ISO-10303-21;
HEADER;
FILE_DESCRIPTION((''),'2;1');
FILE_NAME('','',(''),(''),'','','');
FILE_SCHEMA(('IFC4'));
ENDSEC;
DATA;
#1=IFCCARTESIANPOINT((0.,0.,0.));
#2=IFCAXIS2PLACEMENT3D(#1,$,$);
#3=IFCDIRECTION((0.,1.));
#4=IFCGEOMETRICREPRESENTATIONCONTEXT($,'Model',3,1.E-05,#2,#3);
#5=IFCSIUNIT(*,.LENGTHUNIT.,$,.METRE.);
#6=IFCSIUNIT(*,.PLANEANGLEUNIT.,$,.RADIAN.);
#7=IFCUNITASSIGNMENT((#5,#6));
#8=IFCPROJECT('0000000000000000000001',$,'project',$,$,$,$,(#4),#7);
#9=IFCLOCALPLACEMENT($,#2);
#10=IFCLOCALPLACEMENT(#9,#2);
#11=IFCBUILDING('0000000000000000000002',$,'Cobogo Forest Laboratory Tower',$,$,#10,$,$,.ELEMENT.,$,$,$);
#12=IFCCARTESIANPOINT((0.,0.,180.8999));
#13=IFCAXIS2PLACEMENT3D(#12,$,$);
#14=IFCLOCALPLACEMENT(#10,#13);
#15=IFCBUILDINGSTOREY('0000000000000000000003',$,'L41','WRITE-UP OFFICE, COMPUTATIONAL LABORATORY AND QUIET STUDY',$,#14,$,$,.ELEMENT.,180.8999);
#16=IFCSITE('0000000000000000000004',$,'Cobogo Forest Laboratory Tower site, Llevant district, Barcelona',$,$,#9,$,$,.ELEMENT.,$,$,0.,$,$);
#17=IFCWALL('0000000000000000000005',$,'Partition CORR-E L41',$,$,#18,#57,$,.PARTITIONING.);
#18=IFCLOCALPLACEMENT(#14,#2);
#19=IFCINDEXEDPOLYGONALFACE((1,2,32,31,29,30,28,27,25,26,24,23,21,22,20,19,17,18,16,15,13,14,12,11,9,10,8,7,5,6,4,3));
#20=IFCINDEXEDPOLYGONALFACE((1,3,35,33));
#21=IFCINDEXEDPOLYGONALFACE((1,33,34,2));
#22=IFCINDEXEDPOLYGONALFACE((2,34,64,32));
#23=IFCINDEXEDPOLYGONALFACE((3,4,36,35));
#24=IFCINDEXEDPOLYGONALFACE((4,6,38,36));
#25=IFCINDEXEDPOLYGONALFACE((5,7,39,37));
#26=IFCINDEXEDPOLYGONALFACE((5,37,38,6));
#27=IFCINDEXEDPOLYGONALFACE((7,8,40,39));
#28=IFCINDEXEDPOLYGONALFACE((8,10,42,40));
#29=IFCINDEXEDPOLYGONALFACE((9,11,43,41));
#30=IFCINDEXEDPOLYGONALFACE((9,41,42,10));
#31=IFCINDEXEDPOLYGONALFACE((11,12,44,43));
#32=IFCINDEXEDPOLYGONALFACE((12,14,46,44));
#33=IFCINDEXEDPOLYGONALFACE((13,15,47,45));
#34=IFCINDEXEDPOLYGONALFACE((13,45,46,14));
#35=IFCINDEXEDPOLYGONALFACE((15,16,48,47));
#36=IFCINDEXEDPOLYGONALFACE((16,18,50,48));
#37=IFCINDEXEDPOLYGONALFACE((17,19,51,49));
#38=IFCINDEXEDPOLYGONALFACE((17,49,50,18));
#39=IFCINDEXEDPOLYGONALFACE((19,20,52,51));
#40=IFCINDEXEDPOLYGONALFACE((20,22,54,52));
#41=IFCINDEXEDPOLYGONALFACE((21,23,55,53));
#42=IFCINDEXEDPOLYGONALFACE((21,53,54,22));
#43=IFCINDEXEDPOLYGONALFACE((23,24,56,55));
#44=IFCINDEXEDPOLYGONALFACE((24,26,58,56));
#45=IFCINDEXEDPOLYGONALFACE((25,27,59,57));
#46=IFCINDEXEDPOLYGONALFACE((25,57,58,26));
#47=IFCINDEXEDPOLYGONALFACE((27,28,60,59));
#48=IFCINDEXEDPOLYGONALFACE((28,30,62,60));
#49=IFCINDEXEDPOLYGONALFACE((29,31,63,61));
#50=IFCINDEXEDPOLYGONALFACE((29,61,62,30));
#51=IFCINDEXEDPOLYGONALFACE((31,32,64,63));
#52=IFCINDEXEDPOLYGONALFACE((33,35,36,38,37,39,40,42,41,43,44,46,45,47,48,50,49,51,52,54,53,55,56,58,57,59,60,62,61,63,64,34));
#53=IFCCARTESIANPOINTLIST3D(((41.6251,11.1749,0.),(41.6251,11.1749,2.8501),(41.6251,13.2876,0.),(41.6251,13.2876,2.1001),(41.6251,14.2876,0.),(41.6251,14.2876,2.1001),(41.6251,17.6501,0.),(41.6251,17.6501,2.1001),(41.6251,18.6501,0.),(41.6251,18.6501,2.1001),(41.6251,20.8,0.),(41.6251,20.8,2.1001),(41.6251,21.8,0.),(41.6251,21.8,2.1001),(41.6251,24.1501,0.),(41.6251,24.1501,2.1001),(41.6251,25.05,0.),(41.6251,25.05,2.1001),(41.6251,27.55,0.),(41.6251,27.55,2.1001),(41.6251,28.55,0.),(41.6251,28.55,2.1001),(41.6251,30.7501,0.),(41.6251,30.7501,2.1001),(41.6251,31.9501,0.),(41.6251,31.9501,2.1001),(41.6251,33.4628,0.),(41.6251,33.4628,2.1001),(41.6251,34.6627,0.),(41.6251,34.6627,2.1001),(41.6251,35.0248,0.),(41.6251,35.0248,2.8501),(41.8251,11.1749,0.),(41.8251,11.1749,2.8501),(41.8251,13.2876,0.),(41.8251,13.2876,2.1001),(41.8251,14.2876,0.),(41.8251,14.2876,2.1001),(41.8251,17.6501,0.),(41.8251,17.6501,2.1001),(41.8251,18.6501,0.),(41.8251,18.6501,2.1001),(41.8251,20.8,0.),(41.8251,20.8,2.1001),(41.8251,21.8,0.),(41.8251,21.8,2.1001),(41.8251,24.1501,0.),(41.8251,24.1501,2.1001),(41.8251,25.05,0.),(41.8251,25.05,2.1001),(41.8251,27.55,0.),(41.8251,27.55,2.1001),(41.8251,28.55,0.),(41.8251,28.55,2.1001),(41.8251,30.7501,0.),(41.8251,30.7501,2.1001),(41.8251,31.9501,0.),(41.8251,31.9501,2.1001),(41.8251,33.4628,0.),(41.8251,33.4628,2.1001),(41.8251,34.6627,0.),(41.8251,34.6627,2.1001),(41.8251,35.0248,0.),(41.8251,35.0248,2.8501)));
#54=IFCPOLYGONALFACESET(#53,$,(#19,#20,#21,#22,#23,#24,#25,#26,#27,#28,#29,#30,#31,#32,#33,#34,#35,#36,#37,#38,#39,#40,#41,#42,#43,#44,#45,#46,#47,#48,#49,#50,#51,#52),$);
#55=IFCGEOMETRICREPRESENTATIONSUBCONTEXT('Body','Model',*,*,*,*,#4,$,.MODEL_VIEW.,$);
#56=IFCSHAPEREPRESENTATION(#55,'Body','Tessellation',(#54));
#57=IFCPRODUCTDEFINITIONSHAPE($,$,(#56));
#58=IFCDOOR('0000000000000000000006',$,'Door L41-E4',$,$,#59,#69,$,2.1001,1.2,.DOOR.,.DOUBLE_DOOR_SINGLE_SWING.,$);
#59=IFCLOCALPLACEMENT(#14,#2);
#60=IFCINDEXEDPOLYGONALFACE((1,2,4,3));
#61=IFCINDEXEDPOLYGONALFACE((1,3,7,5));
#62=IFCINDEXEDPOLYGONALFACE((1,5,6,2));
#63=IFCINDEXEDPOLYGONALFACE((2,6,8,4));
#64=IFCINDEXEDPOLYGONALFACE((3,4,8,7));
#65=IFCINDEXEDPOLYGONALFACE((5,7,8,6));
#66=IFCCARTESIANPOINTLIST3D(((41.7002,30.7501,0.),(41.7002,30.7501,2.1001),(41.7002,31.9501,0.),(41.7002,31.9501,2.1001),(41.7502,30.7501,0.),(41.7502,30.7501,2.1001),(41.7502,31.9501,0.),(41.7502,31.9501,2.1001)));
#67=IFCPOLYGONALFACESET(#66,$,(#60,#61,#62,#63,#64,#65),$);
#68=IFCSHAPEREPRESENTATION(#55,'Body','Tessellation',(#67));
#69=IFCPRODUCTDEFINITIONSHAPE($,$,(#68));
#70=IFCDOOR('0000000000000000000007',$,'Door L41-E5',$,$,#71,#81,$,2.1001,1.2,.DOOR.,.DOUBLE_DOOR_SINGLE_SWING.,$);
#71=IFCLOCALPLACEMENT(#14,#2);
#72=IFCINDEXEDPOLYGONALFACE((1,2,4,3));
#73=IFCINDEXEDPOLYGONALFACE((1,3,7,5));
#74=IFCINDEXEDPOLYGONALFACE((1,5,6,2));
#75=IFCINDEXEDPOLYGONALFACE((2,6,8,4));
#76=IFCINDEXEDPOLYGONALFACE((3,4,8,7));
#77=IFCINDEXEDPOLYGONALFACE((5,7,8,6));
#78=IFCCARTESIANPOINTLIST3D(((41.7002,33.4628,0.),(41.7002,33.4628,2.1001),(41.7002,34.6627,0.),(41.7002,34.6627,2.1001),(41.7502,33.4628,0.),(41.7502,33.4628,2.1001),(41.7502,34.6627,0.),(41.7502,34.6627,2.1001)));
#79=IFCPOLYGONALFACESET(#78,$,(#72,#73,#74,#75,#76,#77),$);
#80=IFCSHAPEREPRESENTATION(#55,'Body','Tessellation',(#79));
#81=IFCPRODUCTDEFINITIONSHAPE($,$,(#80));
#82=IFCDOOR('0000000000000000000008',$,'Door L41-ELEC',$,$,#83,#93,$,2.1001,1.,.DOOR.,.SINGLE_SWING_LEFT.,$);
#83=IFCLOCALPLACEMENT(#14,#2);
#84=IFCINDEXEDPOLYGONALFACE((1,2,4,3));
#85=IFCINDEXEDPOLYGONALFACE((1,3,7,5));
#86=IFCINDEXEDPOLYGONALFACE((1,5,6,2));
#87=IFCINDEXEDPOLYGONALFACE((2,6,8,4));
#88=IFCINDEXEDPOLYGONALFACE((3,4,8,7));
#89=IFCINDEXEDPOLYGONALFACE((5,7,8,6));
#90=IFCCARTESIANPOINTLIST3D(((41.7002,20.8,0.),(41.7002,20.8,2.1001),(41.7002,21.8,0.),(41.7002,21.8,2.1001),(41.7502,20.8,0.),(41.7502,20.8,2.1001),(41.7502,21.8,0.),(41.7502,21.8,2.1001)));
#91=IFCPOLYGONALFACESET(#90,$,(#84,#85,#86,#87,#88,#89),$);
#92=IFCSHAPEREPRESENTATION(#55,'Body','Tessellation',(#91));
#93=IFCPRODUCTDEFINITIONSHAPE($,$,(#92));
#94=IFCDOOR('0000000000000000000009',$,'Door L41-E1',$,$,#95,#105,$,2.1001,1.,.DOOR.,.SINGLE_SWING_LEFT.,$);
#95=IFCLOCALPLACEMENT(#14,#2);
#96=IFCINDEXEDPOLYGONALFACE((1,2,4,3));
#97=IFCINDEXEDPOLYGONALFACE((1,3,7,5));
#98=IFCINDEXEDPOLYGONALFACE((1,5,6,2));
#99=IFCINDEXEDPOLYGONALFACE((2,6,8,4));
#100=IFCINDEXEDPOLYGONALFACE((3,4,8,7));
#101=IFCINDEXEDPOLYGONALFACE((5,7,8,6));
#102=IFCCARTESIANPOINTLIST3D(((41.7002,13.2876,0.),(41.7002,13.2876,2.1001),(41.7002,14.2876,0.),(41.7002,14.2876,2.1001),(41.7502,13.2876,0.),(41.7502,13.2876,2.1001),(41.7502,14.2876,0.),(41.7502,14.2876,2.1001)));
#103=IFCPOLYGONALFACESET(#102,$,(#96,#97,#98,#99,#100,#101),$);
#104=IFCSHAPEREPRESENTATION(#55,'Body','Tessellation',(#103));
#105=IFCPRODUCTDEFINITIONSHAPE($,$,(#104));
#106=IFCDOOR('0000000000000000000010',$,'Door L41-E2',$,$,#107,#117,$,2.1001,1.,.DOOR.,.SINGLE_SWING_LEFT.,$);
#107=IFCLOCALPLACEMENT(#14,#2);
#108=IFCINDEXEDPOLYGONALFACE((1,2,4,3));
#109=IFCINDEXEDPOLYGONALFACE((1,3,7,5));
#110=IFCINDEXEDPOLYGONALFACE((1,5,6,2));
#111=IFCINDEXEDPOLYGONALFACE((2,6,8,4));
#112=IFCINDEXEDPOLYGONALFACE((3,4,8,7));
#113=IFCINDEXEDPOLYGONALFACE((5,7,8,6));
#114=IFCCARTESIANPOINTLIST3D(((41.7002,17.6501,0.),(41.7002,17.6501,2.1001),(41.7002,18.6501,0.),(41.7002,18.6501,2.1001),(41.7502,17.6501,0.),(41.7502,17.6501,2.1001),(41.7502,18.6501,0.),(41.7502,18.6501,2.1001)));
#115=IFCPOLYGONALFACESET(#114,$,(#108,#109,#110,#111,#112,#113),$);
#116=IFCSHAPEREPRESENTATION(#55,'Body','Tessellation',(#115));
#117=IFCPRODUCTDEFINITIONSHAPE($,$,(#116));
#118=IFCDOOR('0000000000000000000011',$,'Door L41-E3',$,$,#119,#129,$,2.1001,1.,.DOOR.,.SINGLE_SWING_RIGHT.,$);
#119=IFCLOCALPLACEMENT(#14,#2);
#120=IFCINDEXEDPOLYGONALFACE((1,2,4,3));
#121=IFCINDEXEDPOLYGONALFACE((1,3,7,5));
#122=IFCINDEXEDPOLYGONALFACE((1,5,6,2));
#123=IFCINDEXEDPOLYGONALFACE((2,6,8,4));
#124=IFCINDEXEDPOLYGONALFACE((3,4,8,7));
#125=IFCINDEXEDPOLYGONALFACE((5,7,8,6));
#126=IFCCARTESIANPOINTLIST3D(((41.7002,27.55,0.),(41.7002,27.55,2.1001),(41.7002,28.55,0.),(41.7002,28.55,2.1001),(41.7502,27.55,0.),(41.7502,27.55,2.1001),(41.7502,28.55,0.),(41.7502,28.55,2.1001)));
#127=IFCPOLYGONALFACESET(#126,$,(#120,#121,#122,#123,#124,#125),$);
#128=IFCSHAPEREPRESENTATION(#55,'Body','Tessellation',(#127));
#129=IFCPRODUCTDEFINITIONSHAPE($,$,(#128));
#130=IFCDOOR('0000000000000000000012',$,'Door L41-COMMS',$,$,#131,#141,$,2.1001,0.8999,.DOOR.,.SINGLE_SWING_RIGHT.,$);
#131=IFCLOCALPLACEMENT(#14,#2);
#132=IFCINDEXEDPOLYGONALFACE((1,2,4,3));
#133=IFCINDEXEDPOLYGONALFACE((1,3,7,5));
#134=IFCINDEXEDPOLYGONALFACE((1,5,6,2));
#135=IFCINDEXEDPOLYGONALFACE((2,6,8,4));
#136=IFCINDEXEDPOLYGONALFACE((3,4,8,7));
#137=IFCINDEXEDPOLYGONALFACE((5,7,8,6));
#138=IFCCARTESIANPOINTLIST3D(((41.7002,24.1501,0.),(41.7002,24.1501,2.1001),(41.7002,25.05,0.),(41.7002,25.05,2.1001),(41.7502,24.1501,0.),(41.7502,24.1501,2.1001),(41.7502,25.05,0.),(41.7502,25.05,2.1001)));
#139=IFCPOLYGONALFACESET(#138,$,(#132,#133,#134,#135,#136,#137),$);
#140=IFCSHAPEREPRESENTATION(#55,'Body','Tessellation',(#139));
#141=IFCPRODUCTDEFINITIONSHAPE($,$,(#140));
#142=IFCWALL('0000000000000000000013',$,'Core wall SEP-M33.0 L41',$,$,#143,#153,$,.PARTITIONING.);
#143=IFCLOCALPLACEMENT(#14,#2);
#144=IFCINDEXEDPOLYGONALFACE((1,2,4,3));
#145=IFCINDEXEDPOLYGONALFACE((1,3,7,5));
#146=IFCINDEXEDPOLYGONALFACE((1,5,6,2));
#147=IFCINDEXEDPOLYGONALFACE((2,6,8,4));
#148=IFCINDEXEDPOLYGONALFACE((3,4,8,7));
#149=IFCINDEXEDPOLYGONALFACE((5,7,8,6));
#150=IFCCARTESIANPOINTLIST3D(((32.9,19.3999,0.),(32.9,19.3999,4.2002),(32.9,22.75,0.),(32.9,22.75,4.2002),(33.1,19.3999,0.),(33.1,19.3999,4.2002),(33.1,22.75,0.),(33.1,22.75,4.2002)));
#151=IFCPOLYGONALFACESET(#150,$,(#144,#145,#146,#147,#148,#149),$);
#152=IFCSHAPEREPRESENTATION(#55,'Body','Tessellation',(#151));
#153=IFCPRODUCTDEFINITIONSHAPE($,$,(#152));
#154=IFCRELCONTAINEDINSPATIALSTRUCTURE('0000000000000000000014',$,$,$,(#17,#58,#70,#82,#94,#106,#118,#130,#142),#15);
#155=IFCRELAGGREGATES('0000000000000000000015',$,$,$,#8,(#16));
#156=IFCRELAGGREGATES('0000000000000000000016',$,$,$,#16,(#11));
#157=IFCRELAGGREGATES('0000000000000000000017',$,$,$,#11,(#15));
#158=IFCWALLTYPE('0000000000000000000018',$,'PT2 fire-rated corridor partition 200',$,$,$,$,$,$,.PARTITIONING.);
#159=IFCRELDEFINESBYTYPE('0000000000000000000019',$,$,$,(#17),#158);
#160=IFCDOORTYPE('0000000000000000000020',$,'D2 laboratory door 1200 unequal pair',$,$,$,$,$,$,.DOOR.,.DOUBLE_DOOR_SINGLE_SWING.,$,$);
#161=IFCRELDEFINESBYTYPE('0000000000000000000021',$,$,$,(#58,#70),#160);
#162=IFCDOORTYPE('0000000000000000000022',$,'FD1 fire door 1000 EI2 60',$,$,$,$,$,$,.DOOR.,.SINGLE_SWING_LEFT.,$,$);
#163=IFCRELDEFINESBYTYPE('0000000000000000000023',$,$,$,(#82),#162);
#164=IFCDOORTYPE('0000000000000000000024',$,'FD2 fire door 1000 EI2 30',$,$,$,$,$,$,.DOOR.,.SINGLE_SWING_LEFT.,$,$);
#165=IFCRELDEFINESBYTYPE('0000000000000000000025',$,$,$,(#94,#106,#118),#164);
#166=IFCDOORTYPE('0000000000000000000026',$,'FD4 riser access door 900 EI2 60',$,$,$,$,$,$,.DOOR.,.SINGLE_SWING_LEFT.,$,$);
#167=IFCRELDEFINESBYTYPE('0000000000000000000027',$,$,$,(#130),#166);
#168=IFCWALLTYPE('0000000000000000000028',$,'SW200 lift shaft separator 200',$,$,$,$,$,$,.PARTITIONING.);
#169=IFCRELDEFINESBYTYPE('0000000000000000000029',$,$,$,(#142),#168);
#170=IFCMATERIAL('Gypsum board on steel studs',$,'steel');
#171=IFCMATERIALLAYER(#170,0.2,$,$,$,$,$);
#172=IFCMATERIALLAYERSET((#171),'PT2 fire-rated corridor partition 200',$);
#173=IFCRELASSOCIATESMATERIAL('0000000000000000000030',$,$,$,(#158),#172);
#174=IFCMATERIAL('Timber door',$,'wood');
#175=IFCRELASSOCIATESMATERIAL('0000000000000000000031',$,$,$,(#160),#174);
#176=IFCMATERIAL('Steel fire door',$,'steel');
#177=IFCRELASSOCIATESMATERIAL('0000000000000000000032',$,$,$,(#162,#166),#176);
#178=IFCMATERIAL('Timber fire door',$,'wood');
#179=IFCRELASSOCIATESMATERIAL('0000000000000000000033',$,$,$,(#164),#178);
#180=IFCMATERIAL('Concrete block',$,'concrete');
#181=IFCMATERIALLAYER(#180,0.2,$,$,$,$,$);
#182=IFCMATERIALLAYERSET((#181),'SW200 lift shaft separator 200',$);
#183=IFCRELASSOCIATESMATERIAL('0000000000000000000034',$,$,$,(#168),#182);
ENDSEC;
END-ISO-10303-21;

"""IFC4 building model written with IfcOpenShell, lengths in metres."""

from ifc_helpers import new_model, si_unit, direction, frame, frame_2d, origin, place, context, subcontext, project, spatial, rectangle, extrude, material, layer, layer_set, type_object, element, fill, save


model = new_model("IFC4")

# Units and contexts
model_context = context("Model", 3, precision=1e-05, world=origin(), true_north=direction((0.0, 1.0)))
body_context = subcontext(model_context, "Body", "Model", "MODEL_VIEW")
ifc_project = project(units=[si_unit("LENGTHUNIT", "METRE"), si_unit("PLANEANGLEUNIT", "RADIAN")], contexts=[model_context])

# Site, building, storey
site_placement = place(None, origin())
site = spatial("IfcSite", under=ifc_project, at=site_placement, Name="Cobogo Forest Laboratory Tower site, Llevant district, Barcelona", CompositionType="ELEMENT", RefElevation=0.0)
building_placement = place(site_placement, origin())
building = spatial("IfcBuilding", under=site, at=building_placement, Name="Cobogo Forest Laboratory Tower", CompositionType="ELEMENT")
storey_placement = place(building_placement, frame((0.0, 0.0, 180.8999)))
storey = spatial("IfcBuildingStorey", under=building, at=storey_placement, Name="L41", Description="WRITE-UP OFFICE, COMPUTATIONAL LABORATORY AND QUIET STUDY", CompositionType="ELEMENT", Elevation=180.8999)

# Shared definitions
ifc_material_1 = material(Name="Steel fire door", Category="steel")

# Shared definitions
ifc_material_2 = material(Name="Gypsum board on steel studs", Category="steel")

# Shared definitions
ifc_layer_1 = layer(ifc_material_2, 0.2)
ifc_layer_set_1 = layer_set([ifc_layer_1], Name="PT2 fire-rated corridor partition 200")
wall_type_1 = type_object("IfcWallType", Name="PT2 fire-rated corridor partition 200", PredefinedType="PARTITIONING", material=ifc_layer_set_1)
ifc_material_3 = material(Name="Timber door", Category="wood")
door_type_1 = type_object("IfcDoorType", Name="D2 laboratory door 1200 unequal pair", OperationType="DOUBLE_DOOR_SINGLE_SWING", PredefinedType="DOOR", material=ifc_material_3)

# Wall, openings, doors
wall_1_placement = place(storey_placement, frame((41.7251, 11.175, 0.0), z_axis=(0.0, 0.0, 1.0), x_axis=(0.0, 1.0, 0.0)))
wall_1 = element("IfcWall", 1, at=wall_1_placement, inside=storey, type_object=wall_type_1, Name="Partition CORR-E L41", PredefinedType="PARTITIONING", context=body_context, shape_type="SweptSolid", body=[
    extrude(rectangle(XDim=23.8499, YDim=0.2, at=frame_2d((11.9248, 0.0))), origin(), (0.0, 0.0, 1.0), 2.8501),
])
opening_1_placement = place(wall_1_placement, frame((2.1125, 0.0, 0.0)))
opening_1 = element("IfcOpeningElement", 2, at=opening_1_placement, cuts=wall_1, PredefinedType="OPENING", context=body_context, shape_type="SweptSolid", body=[
    extrude(rectangle(XDim=1.0, YDim=2.1001, at=frame_2d((0.5, 1.05))), frame((0.0, 0.1099, 0.0), z_axis=(0.0, -1.0, 0.0), x_axis=(1.0, 0.0, 0.0)), (0.0, 0.0, 1.0), 0.22),
])
opening_2_placement = place(wall_1_placement, frame((6.4751, 0.0, 0.0)))
opening_2 = element("IfcOpeningElement", 3, at=opening_2_placement, cuts=wall_1, PredefinedType="OPENING", context=body_context, shape_type="SweptSolid", body=[
    extrude(rectangle(XDim=1.0, YDim=2.1001, at=frame_2d((0.5, 1.05))), frame((0.0, 0.1099, 0.0), z_axis=(0.0, -1.0, 0.0), x_axis=(1.0, 0.0, 0.0)), (0.0, 0.0, 1.0), 0.22),
])
opening_3_placement = place(wall_1_placement, frame((9.625, 0.0, 0.0)))
opening_3 = element("IfcOpeningElement", 4, at=opening_3_placement, cuts=wall_1, PredefinedType="OPENING", context=body_context, shape_type="SweptSolid", body=[
    extrude(rectangle(XDim=1.0, YDim=2.1001, at=frame_2d((0.5, 1.05))), frame((0.0, 0.1099, 0.0), z_axis=(0.0, -1.0, 0.0), x_axis=(1.0, 0.0, 0.0)), (0.0, 0.0, 1.0), 0.22),
])
opening_4_placement = place(wall_1_placement, frame((12.9751, 0.0, 0.0)))
opening_4 = element("IfcOpeningElement", 5, at=opening_4_placement, cuts=wall_1, PredefinedType="OPENING", context=body_context, shape_type="SweptSolid", body=[
    extrude(rectangle(XDim=0.8999, YDim=2.1001, at=frame_2d((0.45, 1.05))), frame((0.0, 0.1099, 0.0), z_axis=(0.0, -1.0, 0.0), x_axis=(1.0, 0.0, 0.0)), (0.0, 0.0, 1.0), 0.22),
])
opening_5_placement = place(wall_1_placement, frame((16.375, 0.0, 0.0)))
opening_5 = element("IfcOpeningElement", 6, at=opening_5_placement, cuts=wall_1, PredefinedType="OPENING", context=body_context, shape_type="SweptSolid", body=[
    extrude(rectangle(XDim=1.0, YDim=2.1001, at=frame_2d((0.5, 1.05))), frame((0.0, 0.1099, 0.0), z_axis=(0.0, -1.0, 0.0), x_axis=(1.0, 0.0, 0.0)), (0.0, 0.0, 1.0), 0.22),
])
opening_6_placement = place(wall_1_placement, frame((19.575, 0.0, 0.0)))
opening_6 = element("IfcOpeningElement", 7, at=opening_6_placement, cuts=wall_1, PredefinedType="OPENING", context=body_context, shape_type="SweptSolid", body=[
    extrude(rectangle(XDim=1.2, YDim=2.1001, at=frame_2d((0.6001, 1.05))), frame((0.0, 0.1099, 0.0), z_axis=(0.0, -1.0, 0.0), x_axis=(1.0, 0.0, 0.0)), (0.0, 0.0, 1.0), 0.22),
])
opening_7_placement = place(wall_1_placement, frame((22.2876, 0.0, 0.0)))
opening_7 = element("IfcOpeningElement", 8, at=opening_7_placement, cuts=wall_1, PredefinedType="OPENING", context=body_context, shape_type="SweptSolid", body=[
    extrude(rectangle(XDim=1.2, YDim=2.1001, at=frame_2d((0.6001, 1.05))), frame((0.0, 0.1099, 0.0), z_axis=(0.0, -1.0, 0.0), x_axis=(1.0, 0.0, 0.0)), (0.0, 0.0, 1.0), 0.22),
])
door_1_placement = place(opening_6_placement, origin())
door_1 = element("IfcDoor", 9, at=door_1_placement, inside=storey, type_object=door_type_1, Name="Door L41-E4", OperationType="DOUBLE_DOOR_SINGLE_SWING", OverallHeight=2.1001, OverallWidth=1.2, PredefinedType="DOOR", context=body_context, shape_type="SweptSolid", body=[
    extrude(rectangle(XDim=1.2, YDim=2.1001, at=frame_2d((0.6001, 1.05))), frame((0.0, 0.0249, 0.0), z_axis=(0.0, -1.0, 0.0), x_axis=(1.0, 0.0, 0.0)), (0.0, 0.0, 1.0), 0.05),
])
fill(opening_6, door_1)
door_2_placement = place(opening_7_placement, origin())
door_2 = element("IfcDoor", 10, at=door_2_placement, inside=storey, type_object=door_type_1, Name="Door L41-E5", OperationType="DOUBLE_DOOR_SINGLE_SWING", OverallHeight=2.1001, OverallWidth=1.2, PredefinedType="DOOR", context=body_context, shape_type="SweptSolid", body=[
    extrude(rectangle(XDim=1.2, YDim=2.1001, at=frame_2d((0.6001, 1.05))), frame((0.0, 0.0249, 0.0), z_axis=(0.0, -1.0, 0.0), x_axis=(1.0, 0.0, 0.0)), (0.0, 0.0, 1.0), 0.05),
])
fill(opening_7, door_2)
door_type_2 = type_object("IfcDoorType", Name="FD1 fire door 1000 EI2 60", OperationType="SINGLE_SWING_LEFT", PredefinedType="DOOR", material=ifc_material_1)
door_3_placement = place(opening_3_placement, origin())
door_3 = element("IfcDoor", 11, at=door_3_placement, inside=storey, type_object=door_type_2, Name="Door L41-ELEC", OperationType="SINGLE_SWING_LEFT", OverallHeight=2.1001, OverallWidth=1.0, PredefinedType="DOOR", context=body_context, shape_type="SweptSolid", body=[
    extrude(rectangle(XDim=1.0, YDim=2.1001, at=frame_2d((0.5, 1.05))), frame((0.0, 0.0249, 0.0), z_axis=(0.0, -1.0, 0.0), x_axis=(1.0, 0.0, 0.0)), (0.0, 0.0, 1.0), 0.05),
])
fill(opening_3, door_3)
ifc_material_4 = material(Name="Timber fire door", Category="wood")
door_type_3 = type_object("IfcDoorType", Name="FD2 fire door 1000 EI2 30", OperationType="SINGLE_SWING_LEFT", PredefinedType="DOOR", material=ifc_material_4)
door_4_placement = place(opening_1_placement, origin())
door_4 = element("IfcDoor", 12, at=door_4_placement, inside=storey, type_object=door_type_3, Name="Door L41-E1", OperationType="SINGLE_SWING_LEFT", OverallHeight=2.1001, OverallWidth=1.0, PredefinedType="DOOR", context=body_context, shape_type="SweptSolid", body=[
    extrude(rectangle(XDim=1.0, YDim=2.1001, at=frame_2d((0.5, 1.05))), frame((0.0, 0.0249, 0.0), z_axis=(0.0, -1.0, 0.0), x_axis=(1.0, 0.0, 0.0)), (0.0, 0.0, 1.0), 0.05),
])
fill(opening_1, door_4)
door_5_placement = place(opening_2_placement, origin())
door_5 = element("IfcDoor", 13, at=door_5_placement, inside=storey, type_object=door_type_3, Name="Door L41-E2", OperationType="SINGLE_SWING_LEFT", OverallHeight=2.1001, OverallWidth=1.0, PredefinedType="DOOR", context=body_context, shape_type="SweptSolid", body=[
    extrude(rectangle(XDim=1.0, YDim=2.1001, at=frame_2d((0.5, 1.05))), frame((0.0, 0.0249, 0.0), z_axis=(0.0, -1.0, 0.0), x_axis=(1.0, 0.0, 0.0)), (0.0, 0.0, 1.0), 0.05),
])
fill(opening_2, door_5)
door_6_placement = place(opening_5_placement, origin())
door_6 = element("IfcDoor", 14, at=door_6_placement, inside=storey, type_object=door_type_3, Name="Door L41-E3", OperationType="SINGLE_SWING_RIGHT", OverallHeight=2.1001, OverallWidth=1.0, PredefinedType="DOOR", context=body_context, shape_type="SweptSolid", body=[
    extrude(rectangle(XDim=1.0, YDim=2.1001, at=frame_2d((0.5, 1.05))), frame((0.0, 0.0249, 0.0), z_axis=(0.0, -1.0, 0.0), x_axis=(1.0, 0.0, 0.0)), (0.0, 0.0, 1.0), 0.05),
])
fill(opening_5, door_6)
door_type_4 = type_object("IfcDoorType", Name="FD4 riser access door 900 EI2 60", OperationType="SINGLE_SWING_LEFT", PredefinedType="DOOR", material=ifc_material_1)
door_7_placement = place(opening_4_placement, origin())
door_7 = element("IfcDoor", 15, at=door_7_placement, inside=storey, type_object=door_type_4, Name="Door L41-COMMS", OperationType="SINGLE_SWING_RIGHT", OverallHeight=2.1001, OverallWidth=0.8999, PredefinedType="DOOR", context=body_context, shape_type="SweptSolid", body=[
    extrude(rectangle(XDim=0.8999, YDim=2.1001, at=frame_2d((0.45, 1.05))), frame((0.0, 0.0249, 0.0), z_axis=(0.0, -1.0, 0.0), x_axis=(1.0, 0.0, 0.0)), (0.0, 0.0, 1.0), 0.05),
])
fill(opening_4, door_7)

# Wall
ifc_material_5 = material(Name="Concrete block", Category="concrete")
ifc_layer_2 = layer(ifc_material_5, 0.2)
ifc_layer_set_2 = layer_set([ifc_layer_2], Name="SW200 lift shaft separator 200")
wall_type_2 = type_object("IfcWallType", Name="SW200 lift shaft separator 200", PredefinedType="PARTITIONING", material=ifc_layer_set_2)
wall_2_placement = place(storey_placement, frame((33.0, 19.3999, 0.0), z_axis=(0.0, 0.0, 1.0), x_axis=(0.0, 1.0, 0.0)))
element("IfcWall", 16, at=wall_2_placement, inside=storey, type_object=wall_type_2, Name="Core wall SEP-M33.0 L41", PredefinedType="PARTITIONING", context=body_context, shape_type="SweptSolid", body=[
    extrude(rectangle(XDim=3.3501, YDim=0.2, at=frame_2d((1.675, 0.0))), origin(), (0.0, 0.0, 1.0), 4.2002),
])

save(model, "model.ifc")
